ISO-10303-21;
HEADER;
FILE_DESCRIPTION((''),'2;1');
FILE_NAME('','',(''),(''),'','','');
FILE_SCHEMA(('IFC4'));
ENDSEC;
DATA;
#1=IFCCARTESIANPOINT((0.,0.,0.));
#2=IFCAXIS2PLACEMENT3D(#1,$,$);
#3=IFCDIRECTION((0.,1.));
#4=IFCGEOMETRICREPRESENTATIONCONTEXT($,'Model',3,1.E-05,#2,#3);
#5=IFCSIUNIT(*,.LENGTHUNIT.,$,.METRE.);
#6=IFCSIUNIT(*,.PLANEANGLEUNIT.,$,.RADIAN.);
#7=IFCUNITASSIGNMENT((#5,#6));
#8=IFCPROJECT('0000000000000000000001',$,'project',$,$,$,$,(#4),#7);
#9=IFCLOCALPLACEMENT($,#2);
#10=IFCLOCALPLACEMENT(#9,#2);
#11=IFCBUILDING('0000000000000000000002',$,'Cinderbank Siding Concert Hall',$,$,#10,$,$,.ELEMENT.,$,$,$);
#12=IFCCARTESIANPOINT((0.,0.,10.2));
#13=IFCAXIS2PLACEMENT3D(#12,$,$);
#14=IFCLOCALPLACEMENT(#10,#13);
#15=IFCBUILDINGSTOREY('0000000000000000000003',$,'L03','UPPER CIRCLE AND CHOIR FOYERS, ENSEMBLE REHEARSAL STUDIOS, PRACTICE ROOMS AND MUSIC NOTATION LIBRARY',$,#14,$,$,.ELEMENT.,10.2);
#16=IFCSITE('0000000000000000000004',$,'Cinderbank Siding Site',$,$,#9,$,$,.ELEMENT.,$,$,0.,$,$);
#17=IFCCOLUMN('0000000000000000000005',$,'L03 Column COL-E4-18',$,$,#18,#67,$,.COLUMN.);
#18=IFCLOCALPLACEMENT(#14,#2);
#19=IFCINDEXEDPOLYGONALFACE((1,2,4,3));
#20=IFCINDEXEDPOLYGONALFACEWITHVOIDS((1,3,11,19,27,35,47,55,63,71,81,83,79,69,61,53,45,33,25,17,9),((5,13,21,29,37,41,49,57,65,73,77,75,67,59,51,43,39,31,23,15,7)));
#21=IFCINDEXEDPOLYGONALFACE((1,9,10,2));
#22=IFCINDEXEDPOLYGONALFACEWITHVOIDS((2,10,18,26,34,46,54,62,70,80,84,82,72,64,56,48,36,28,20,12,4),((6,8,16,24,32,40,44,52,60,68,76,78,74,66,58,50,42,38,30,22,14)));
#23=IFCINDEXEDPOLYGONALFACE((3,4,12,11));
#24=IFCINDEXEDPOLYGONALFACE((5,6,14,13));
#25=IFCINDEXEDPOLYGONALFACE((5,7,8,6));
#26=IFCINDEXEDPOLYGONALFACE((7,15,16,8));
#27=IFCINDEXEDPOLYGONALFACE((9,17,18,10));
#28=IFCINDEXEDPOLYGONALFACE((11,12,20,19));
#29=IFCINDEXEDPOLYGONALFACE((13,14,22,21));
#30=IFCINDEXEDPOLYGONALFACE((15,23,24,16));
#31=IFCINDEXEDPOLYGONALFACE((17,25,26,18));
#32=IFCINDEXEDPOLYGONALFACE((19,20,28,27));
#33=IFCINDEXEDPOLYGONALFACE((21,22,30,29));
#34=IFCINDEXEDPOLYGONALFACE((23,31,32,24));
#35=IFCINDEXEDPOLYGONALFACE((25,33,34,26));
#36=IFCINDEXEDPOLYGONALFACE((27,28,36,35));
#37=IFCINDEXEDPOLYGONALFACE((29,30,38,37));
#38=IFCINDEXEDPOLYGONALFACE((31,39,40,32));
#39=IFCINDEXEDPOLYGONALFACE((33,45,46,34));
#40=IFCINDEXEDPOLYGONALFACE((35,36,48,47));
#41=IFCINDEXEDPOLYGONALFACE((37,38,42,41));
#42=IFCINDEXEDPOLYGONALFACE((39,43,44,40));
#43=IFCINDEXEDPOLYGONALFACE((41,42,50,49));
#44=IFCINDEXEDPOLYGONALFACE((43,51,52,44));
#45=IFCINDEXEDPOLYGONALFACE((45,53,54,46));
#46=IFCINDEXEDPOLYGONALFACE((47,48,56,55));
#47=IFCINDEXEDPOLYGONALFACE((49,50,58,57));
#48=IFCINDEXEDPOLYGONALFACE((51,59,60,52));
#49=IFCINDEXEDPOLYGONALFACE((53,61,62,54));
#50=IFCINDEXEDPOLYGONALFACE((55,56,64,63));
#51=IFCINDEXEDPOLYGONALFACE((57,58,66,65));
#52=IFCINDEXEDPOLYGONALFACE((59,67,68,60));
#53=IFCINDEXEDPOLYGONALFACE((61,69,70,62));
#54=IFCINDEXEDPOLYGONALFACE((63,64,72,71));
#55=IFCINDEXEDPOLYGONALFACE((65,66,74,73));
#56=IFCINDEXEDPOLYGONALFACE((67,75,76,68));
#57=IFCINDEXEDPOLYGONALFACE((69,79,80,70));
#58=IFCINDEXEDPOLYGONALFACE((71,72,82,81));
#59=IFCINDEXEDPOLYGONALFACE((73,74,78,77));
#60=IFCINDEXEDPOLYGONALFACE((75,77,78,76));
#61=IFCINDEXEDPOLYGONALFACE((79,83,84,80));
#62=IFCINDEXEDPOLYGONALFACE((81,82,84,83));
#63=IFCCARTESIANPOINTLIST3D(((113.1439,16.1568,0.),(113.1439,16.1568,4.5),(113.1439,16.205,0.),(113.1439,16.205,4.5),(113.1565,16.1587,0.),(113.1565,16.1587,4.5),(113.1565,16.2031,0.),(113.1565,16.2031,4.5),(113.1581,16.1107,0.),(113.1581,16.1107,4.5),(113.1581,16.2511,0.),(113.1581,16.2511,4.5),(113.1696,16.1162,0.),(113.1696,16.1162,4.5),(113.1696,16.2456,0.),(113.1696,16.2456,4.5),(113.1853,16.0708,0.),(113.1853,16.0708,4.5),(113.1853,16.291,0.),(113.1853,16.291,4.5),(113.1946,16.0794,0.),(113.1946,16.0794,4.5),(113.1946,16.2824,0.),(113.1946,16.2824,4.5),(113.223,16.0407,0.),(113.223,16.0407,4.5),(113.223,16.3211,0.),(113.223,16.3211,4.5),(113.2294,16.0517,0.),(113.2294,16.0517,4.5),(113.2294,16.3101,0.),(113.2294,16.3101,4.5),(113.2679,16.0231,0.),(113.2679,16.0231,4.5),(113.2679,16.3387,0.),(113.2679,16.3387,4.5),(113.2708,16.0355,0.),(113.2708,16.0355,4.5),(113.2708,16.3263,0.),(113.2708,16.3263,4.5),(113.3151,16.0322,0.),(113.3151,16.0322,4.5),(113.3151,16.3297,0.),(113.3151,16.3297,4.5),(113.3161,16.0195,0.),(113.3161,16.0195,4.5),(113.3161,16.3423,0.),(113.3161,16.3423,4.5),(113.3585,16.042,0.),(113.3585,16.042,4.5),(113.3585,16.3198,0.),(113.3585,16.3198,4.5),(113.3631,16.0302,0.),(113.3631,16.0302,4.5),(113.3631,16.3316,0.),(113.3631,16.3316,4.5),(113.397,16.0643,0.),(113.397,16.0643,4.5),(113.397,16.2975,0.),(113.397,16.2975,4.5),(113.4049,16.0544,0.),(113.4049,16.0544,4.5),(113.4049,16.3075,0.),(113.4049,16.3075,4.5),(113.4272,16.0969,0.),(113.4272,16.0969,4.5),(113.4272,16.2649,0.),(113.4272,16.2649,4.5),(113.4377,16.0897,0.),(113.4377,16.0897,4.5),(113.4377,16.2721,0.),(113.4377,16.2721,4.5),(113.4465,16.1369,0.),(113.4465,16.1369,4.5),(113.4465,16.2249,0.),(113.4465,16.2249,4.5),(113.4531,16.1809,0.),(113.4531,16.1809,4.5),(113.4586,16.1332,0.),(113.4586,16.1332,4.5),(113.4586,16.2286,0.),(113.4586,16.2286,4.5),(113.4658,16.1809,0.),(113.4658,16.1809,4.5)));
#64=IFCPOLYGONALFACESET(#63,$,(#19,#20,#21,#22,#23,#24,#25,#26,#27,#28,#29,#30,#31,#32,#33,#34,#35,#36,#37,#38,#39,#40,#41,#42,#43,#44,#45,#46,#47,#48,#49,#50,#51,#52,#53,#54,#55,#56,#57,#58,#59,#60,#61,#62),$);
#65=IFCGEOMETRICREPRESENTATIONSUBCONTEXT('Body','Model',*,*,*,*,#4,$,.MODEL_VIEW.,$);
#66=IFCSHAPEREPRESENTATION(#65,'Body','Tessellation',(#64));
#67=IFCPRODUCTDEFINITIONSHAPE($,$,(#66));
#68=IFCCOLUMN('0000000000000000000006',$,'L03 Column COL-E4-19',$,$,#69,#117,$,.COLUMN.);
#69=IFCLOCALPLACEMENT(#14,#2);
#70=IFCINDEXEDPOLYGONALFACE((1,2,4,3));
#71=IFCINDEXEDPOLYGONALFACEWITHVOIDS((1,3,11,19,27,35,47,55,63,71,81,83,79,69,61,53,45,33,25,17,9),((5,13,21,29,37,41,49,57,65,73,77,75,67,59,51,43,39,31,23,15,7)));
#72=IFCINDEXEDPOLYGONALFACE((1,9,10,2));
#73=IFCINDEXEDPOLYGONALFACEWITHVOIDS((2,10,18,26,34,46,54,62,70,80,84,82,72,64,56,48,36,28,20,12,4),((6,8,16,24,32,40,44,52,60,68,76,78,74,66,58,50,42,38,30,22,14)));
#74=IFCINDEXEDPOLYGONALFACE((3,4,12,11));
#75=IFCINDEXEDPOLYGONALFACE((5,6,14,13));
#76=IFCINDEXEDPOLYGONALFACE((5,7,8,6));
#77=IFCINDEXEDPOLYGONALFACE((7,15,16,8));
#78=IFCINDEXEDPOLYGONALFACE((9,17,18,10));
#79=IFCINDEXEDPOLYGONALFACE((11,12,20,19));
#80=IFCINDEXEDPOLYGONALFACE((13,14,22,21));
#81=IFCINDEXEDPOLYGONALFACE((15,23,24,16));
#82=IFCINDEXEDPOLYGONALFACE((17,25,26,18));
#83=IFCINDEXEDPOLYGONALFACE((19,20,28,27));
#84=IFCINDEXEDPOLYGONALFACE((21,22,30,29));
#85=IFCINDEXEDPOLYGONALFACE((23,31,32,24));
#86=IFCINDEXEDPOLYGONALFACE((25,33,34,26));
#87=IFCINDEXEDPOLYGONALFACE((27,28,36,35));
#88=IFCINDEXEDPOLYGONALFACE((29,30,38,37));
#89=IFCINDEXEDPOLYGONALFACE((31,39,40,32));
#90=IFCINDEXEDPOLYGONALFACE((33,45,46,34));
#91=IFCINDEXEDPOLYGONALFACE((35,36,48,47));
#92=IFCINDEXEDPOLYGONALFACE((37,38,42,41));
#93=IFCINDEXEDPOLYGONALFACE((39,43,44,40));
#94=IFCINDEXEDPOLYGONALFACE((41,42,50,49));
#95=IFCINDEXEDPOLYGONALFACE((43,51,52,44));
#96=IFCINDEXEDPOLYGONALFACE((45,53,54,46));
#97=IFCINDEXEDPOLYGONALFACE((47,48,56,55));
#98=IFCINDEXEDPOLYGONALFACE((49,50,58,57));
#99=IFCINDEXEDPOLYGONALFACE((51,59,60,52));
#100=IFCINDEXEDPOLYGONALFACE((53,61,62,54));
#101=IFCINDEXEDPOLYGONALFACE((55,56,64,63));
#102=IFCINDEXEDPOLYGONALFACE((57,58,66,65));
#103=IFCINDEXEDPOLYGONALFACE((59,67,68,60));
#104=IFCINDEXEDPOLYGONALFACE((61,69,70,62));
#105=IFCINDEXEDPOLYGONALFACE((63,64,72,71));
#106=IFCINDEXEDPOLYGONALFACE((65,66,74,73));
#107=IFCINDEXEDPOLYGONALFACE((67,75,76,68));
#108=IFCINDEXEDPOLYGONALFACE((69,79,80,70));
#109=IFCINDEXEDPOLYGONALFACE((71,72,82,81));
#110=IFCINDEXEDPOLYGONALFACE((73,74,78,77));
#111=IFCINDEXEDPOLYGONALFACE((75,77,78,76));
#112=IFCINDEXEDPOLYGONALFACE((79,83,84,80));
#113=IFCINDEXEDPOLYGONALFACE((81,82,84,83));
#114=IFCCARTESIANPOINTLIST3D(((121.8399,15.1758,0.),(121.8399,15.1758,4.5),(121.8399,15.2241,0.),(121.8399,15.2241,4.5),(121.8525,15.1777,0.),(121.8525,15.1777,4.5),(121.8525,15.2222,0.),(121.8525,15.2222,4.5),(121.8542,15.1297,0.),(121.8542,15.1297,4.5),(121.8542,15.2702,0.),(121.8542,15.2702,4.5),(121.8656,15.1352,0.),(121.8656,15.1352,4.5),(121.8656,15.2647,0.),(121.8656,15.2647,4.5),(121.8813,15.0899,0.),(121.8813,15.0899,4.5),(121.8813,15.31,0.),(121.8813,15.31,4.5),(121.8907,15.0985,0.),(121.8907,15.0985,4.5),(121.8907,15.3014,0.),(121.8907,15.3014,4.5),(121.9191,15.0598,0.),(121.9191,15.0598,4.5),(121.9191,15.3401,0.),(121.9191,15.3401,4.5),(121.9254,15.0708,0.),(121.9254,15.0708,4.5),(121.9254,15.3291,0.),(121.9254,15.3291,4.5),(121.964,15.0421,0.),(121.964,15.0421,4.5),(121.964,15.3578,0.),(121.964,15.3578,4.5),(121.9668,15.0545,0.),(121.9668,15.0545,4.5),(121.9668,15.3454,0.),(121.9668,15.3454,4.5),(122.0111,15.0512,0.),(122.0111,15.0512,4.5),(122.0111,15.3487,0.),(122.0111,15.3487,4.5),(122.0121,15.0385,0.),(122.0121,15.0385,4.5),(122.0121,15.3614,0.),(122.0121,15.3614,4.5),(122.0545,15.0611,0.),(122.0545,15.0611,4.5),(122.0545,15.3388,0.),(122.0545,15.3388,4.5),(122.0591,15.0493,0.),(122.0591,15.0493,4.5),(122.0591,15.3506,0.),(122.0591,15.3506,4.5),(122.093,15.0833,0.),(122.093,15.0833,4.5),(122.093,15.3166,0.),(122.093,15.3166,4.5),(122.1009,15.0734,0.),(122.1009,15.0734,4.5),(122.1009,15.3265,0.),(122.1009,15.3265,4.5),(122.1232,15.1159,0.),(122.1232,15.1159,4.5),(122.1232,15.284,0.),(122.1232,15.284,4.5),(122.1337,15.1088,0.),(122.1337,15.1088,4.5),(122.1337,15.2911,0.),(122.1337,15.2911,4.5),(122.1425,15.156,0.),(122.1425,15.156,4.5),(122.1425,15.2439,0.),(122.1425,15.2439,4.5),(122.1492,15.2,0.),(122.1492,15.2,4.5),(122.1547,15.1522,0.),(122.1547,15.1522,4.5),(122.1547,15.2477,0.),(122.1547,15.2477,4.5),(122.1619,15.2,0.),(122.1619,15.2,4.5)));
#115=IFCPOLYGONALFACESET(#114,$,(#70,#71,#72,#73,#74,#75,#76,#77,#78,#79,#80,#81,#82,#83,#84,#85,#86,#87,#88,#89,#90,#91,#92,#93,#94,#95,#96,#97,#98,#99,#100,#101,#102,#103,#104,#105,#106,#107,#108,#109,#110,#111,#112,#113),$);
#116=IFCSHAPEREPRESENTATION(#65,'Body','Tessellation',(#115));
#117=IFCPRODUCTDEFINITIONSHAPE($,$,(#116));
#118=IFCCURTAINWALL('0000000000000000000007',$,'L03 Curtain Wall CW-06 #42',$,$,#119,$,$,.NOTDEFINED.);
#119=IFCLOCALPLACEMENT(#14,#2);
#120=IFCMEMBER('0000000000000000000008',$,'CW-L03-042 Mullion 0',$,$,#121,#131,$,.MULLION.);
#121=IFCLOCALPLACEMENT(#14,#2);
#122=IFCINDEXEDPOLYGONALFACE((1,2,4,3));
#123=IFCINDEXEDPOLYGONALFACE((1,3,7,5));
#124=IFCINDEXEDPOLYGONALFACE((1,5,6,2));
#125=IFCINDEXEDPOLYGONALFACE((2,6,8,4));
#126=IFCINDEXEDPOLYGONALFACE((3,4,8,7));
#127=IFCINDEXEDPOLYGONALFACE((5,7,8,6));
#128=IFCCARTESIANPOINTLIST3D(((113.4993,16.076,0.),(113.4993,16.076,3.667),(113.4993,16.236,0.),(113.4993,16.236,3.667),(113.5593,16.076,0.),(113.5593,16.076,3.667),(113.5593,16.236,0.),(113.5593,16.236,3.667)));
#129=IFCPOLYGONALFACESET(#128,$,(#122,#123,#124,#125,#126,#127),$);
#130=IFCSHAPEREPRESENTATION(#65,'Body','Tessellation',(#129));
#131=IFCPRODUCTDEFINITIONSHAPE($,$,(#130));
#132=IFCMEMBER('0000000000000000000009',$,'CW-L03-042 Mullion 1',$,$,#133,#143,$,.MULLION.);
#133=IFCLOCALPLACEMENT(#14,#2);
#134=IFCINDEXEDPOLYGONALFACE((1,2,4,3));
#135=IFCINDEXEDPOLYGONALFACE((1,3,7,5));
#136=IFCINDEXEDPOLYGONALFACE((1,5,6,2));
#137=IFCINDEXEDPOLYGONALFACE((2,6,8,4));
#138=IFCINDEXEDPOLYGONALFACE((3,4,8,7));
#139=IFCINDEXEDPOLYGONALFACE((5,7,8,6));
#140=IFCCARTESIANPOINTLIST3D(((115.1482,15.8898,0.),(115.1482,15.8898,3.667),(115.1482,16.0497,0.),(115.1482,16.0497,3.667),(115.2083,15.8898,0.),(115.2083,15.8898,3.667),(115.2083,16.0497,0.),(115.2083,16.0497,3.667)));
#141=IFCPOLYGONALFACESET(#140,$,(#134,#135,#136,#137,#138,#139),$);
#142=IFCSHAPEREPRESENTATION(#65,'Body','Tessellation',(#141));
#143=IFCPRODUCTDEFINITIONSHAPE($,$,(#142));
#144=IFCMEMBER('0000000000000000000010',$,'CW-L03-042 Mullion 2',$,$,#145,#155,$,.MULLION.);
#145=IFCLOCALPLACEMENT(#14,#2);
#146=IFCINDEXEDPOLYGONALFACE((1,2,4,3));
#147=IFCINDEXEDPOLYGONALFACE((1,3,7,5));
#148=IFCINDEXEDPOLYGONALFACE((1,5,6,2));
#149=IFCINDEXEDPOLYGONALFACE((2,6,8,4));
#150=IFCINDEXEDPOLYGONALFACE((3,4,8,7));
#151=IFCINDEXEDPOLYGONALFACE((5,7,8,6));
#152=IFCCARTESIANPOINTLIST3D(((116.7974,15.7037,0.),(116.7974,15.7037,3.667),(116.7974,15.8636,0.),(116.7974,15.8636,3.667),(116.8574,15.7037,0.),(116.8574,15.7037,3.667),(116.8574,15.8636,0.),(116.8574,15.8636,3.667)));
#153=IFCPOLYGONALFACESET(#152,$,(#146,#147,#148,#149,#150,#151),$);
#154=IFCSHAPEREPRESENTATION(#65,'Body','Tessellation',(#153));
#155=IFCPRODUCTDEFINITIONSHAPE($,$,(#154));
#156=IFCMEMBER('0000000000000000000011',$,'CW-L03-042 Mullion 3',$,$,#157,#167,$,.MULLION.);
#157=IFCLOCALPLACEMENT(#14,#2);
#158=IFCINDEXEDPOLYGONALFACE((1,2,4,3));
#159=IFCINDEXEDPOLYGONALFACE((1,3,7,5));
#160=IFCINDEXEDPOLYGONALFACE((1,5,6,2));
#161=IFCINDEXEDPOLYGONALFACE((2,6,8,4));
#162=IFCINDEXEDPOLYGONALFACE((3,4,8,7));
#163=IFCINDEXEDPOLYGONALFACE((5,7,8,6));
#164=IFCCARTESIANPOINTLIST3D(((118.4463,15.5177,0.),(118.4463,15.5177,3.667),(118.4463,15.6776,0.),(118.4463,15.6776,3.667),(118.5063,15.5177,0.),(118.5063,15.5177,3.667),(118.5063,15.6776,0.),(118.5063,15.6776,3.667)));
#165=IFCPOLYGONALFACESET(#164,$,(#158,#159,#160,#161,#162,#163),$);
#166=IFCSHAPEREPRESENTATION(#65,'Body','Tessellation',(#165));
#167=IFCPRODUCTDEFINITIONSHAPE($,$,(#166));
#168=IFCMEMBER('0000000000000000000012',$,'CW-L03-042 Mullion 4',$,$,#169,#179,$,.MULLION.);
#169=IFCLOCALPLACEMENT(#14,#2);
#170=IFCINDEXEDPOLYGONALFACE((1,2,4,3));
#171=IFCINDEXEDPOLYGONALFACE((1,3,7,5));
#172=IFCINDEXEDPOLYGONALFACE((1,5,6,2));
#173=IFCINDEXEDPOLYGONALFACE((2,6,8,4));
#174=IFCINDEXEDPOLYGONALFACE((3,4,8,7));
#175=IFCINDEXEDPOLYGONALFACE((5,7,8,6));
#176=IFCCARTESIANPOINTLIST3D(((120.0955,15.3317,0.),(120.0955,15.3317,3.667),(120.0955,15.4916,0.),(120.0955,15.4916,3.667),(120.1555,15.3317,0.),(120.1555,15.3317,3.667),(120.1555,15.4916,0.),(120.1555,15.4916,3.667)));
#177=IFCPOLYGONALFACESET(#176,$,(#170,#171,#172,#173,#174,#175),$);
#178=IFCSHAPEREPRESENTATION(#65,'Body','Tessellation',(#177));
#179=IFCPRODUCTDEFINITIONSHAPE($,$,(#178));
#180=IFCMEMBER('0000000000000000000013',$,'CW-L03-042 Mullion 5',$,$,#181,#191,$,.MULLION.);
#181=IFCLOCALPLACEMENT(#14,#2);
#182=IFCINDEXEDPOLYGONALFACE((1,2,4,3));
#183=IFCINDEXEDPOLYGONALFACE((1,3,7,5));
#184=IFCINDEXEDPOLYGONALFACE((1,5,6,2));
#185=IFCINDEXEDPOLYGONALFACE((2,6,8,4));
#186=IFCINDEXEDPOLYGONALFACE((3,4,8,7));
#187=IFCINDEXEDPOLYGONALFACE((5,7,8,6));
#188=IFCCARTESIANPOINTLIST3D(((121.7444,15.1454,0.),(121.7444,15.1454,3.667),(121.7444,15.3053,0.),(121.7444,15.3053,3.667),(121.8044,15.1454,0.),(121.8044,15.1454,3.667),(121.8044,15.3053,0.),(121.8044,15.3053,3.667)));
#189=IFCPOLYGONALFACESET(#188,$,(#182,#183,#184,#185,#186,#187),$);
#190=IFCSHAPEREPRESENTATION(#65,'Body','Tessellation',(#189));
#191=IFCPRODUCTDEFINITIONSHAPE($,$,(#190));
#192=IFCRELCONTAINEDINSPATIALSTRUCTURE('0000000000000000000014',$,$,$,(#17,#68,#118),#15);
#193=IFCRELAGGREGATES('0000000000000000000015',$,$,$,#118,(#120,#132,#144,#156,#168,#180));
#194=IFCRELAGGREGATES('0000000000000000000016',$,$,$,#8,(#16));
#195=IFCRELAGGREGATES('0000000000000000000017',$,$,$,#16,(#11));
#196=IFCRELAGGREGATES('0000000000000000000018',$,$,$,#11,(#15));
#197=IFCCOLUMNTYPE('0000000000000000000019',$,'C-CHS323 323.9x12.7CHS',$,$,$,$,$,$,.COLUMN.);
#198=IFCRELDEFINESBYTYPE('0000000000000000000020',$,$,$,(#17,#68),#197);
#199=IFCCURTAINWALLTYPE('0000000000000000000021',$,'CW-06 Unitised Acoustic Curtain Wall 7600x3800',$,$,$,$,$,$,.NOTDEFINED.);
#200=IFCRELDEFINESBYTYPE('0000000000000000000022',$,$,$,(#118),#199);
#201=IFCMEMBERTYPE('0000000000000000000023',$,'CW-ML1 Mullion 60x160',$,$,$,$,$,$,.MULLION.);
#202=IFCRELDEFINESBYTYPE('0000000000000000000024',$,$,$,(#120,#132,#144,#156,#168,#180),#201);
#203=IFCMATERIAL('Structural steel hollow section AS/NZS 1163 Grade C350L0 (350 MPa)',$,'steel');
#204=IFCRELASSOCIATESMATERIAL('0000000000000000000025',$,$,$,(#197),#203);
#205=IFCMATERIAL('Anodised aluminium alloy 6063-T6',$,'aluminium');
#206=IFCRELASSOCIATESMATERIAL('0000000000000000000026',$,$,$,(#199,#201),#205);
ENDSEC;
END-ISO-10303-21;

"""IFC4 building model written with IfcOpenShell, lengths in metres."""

from ifc_helpers import new_model, si_unit, direction, frame, origin, origin_2d, place, context, subcontext, project, spatial, rectangle, hollow_circle, extrude, material, material_profile, profile_set, type_object, element, aggregate, save


model = new_model("IFC4")

# Units and contexts
model_context = context("Model", 3, precision=1e-05, world=origin(), true_north=direction((0.0, 1.0)))
body_context = subcontext(model_context, "Body", "Model", "MODEL_VIEW")
ifc_project = project(units=[si_unit("LENGTHUNIT", "METRE"), si_unit("PLANEANGLEUNIT", "RADIAN")], contexts=[model_context])

# Site, building, storey
site_placement = place(None, origin())
site = spatial("IfcSite", under=ifc_project, at=site_placement, Name="Cinderbank Siding Site", CompositionType="ELEMENT", RefElevation=0.0)
building_placement = place(site_placement, origin())
building = spatial("IfcBuilding", under=site, at=building_placement, Name="Cinderbank Siding Concert Hall", CompositionType="ELEMENT")
storey_placement = place(building_placement, frame((0.0, 0.0, 10.2)))
storey = spatial("IfcBuildingStorey", under=building, at=storey_placement, Name="L03", Description="UPPER CIRCLE AND CHOIR FOYERS, ENSEMBLE REHEARSAL STUDIOS, PRACTICE ROOMS AND MUSIC NOTATION LIBRARY", CompositionType="ELEMENT", Elevation=10.2)

# Columns
ifc_material_1 = material(Name="Structural steel hollow section AS/NZS 1163 Grade C350L0 (350 MPa)", Category="steel")
ifc_material_profile_1 = material_profile(ifc_material_1, hollow_circle(Radius=0.1619, WallThickness=0.0127, at=origin_2d()), Name="323.9x12.7CHS", Category="LoadBearing")
ifc_profile_set_1 = profile_set([ifc_material_profile_1], Name="Structural steel hollow section AS/NZS 1163 Grade C350L0 (350 MPa)")
column_type = type_object("IfcColumnType", Name="C-CHS323 323.9x12.7CHS", PredefinedType="COLUMN", material=ifc_profile_set_1)
for number, where, z_axis, x_axis, name in (
    (1, (113.304, 16.1809, 0.0), (0.0, 0.0, 1.0), (1.0, 0.0, 0.0), "L03 Column COL-E4-18"),
    (2, (122.0, 15.2, 0.0), (0.0, 0.0, 1.0), (1.0, 0.0, 0.0), "L03 Column COL-E4-19"),
):
    element("IfcColumn", number, at=place(storey_placement, frame(where, z_axis=z_axis, x_axis=x_axis)), inside=storey, type_object=column_type, Name=name, PredefinedType="COLUMN", context=body_context, shape_type="SweptSolid", body=[
        extrude(hollow_circle(Radius=0.1619, WallThickness=0.0127, at=origin_2d()), origin(), (0.0, 0.0, 1.0), 4.5),
    ])

# Curtain wall, members
ifc_material_2 = material(Name="Anodised aluminium alloy 6063-T6", Category="aluminium")
curtain_wall_type = type_object("IfcCurtainWallType", Name="CW-06 Unitised Acoustic Curtain Wall 7600x3800", PredefinedType="NOTDEFINED", material=ifc_material_2)
curtain_wall_placement = place(storey_placement, origin())
curtain_wall = element("IfcCurtainWall", 3, at=curtain_wall_placement, inside=storey, type_object=curtain_wall_type, Name="L03 Curtain Wall CW-06 #42", PredefinedType="NOTDEFINED")
ifc_material_profile_2 = material_profile(ifc_material_2, rectangle(XDim=0.0601, YDim=0.1599, at=origin_2d()), Name="ALU-MULL-60x160", Category="LoadBearing")
ifc_profile_set_2 = profile_set([ifc_material_profile_2], Name="Anodised aluminium alloy 6063-T6")
member_type_1 = type_object("IfcMemberType", Name="CW-ML1 Mullion 60x160", PredefinedType="MULLION", material=ifc_profile_set_2)
member_1_placement = place(storey_placement, frame((113.5293, 16.156, 0.0), z_axis=(0.0, 0.0, 1.0), x_axis=(1.0, 0.0, 0.0)))
member_1 = element("IfcMember", 4, at=member_1_placement, type_object=member_type_1, Name="CW-L03-042 Mullion 0", PredefinedType="MULLION", context=body_context, shape_type="SweptSolid", body=[
    extrude(rectangle(XDim=0.0601, YDim=0.1599, at=origin_2d()), origin(), (0.0, 0.0, 1.0), 3.667),
])
member_2_placement = place(storey_placement, frame((115.1782, 15.9697, 0.0), z_axis=(0.0, 0.0, 1.0), x_axis=(1.0, 0.0, 0.0)))
member_2 = element("IfcMember", 5, at=member_2_placement, type_object=member_type_1, Name="CW-L03-042 Mullion 1", PredefinedType="MULLION", context=body_context, shape_type="SweptSolid", body=[
    extrude(rectangle(XDim=0.0601, YDim=0.1599, at=origin_2d()), origin(), (0.0, 0.0, 1.0), 3.667),
])
member_3_placement = place(storey_placement, frame((116.8274, 15.7837, 0.0), z_axis=(0.0, 0.0, 1.0), x_axis=(1.0, 0.0, 0.0)))
member_3 = element("IfcMember", 6, at=member_3_placement, type_object=member_type_1, Name="CW-L03-042 Mullion 2", PredefinedType="MULLION", context=body_context, shape_type="SweptSolid", body=[
    extrude(rectangle(XDim=0.0601, YDim=0.1599, at=origin_2d()), origin(), (0.0, 0.0, 1.0), 3.667),
])
member_4_placement = place(storey_placement, frame((118.4763, 15.5977, 0.0), z_axis=(0.0, 0.0, 1.0), x_axis=(1.0, 0.0, 0.0)))
member_4 = element("IfcMember", 7, at=member_4_placement, type_object=member_type_1, Name="CW-L03-042 Mullion 3", PredefinedType="MULLION", context=body_context, shape_type="SweptSolid", body=[
    extrude(rectangle(XDim=0.0601, YDim=0.1599, at=origin_2d()), origin(), (0.0, 0.0, 1.0), 3.667),
])
member_5_placement = place(storey_placement, frame((120.1255, 15.4116, 0.0), z_axis=(0.0, 0.0, 1.0), x_axis=(1.0, 0.0, 0.0)))
member_5 = element("IfcMember", 8, at=member_5_placement, type_object=member_type_1, Name="CW-L03-042 Mullion 4", PredefinedType="MULLION", context=body_context, shape_type="SweptSolid", body=[
    extrude(rectangle(XDim=0.0601, YDim=0.1599, at=origin_2d()), origin(), (0.0, 0.0, 1.0), 3.667),
])
member_6_placement = place(storey_placement, frame((121.7744, 15.2253, 0.0), z_axis=(0.0, 0.0, 1.0), x_axis=(1.0, 0.0, 0.0)))
member_6 = element("IfcMember", 9, at=member_6_placement, type_object=member_type_1, Name="CW-L03-042 Mullion 5", PredefinedType="MULLION", context=body_context, shape_type="SweptSolid", body=[
    extrude(rectangle(XDim=0.0601, YDim=0.1599, at=origin_2d()), origin(), (0.0, 0.0, 1.0), 3.667),
])

aggregate(curtain_wall, [member_1, member_2, member_3, member_4, member_5, member_6])

save(model, "model.ifc")
